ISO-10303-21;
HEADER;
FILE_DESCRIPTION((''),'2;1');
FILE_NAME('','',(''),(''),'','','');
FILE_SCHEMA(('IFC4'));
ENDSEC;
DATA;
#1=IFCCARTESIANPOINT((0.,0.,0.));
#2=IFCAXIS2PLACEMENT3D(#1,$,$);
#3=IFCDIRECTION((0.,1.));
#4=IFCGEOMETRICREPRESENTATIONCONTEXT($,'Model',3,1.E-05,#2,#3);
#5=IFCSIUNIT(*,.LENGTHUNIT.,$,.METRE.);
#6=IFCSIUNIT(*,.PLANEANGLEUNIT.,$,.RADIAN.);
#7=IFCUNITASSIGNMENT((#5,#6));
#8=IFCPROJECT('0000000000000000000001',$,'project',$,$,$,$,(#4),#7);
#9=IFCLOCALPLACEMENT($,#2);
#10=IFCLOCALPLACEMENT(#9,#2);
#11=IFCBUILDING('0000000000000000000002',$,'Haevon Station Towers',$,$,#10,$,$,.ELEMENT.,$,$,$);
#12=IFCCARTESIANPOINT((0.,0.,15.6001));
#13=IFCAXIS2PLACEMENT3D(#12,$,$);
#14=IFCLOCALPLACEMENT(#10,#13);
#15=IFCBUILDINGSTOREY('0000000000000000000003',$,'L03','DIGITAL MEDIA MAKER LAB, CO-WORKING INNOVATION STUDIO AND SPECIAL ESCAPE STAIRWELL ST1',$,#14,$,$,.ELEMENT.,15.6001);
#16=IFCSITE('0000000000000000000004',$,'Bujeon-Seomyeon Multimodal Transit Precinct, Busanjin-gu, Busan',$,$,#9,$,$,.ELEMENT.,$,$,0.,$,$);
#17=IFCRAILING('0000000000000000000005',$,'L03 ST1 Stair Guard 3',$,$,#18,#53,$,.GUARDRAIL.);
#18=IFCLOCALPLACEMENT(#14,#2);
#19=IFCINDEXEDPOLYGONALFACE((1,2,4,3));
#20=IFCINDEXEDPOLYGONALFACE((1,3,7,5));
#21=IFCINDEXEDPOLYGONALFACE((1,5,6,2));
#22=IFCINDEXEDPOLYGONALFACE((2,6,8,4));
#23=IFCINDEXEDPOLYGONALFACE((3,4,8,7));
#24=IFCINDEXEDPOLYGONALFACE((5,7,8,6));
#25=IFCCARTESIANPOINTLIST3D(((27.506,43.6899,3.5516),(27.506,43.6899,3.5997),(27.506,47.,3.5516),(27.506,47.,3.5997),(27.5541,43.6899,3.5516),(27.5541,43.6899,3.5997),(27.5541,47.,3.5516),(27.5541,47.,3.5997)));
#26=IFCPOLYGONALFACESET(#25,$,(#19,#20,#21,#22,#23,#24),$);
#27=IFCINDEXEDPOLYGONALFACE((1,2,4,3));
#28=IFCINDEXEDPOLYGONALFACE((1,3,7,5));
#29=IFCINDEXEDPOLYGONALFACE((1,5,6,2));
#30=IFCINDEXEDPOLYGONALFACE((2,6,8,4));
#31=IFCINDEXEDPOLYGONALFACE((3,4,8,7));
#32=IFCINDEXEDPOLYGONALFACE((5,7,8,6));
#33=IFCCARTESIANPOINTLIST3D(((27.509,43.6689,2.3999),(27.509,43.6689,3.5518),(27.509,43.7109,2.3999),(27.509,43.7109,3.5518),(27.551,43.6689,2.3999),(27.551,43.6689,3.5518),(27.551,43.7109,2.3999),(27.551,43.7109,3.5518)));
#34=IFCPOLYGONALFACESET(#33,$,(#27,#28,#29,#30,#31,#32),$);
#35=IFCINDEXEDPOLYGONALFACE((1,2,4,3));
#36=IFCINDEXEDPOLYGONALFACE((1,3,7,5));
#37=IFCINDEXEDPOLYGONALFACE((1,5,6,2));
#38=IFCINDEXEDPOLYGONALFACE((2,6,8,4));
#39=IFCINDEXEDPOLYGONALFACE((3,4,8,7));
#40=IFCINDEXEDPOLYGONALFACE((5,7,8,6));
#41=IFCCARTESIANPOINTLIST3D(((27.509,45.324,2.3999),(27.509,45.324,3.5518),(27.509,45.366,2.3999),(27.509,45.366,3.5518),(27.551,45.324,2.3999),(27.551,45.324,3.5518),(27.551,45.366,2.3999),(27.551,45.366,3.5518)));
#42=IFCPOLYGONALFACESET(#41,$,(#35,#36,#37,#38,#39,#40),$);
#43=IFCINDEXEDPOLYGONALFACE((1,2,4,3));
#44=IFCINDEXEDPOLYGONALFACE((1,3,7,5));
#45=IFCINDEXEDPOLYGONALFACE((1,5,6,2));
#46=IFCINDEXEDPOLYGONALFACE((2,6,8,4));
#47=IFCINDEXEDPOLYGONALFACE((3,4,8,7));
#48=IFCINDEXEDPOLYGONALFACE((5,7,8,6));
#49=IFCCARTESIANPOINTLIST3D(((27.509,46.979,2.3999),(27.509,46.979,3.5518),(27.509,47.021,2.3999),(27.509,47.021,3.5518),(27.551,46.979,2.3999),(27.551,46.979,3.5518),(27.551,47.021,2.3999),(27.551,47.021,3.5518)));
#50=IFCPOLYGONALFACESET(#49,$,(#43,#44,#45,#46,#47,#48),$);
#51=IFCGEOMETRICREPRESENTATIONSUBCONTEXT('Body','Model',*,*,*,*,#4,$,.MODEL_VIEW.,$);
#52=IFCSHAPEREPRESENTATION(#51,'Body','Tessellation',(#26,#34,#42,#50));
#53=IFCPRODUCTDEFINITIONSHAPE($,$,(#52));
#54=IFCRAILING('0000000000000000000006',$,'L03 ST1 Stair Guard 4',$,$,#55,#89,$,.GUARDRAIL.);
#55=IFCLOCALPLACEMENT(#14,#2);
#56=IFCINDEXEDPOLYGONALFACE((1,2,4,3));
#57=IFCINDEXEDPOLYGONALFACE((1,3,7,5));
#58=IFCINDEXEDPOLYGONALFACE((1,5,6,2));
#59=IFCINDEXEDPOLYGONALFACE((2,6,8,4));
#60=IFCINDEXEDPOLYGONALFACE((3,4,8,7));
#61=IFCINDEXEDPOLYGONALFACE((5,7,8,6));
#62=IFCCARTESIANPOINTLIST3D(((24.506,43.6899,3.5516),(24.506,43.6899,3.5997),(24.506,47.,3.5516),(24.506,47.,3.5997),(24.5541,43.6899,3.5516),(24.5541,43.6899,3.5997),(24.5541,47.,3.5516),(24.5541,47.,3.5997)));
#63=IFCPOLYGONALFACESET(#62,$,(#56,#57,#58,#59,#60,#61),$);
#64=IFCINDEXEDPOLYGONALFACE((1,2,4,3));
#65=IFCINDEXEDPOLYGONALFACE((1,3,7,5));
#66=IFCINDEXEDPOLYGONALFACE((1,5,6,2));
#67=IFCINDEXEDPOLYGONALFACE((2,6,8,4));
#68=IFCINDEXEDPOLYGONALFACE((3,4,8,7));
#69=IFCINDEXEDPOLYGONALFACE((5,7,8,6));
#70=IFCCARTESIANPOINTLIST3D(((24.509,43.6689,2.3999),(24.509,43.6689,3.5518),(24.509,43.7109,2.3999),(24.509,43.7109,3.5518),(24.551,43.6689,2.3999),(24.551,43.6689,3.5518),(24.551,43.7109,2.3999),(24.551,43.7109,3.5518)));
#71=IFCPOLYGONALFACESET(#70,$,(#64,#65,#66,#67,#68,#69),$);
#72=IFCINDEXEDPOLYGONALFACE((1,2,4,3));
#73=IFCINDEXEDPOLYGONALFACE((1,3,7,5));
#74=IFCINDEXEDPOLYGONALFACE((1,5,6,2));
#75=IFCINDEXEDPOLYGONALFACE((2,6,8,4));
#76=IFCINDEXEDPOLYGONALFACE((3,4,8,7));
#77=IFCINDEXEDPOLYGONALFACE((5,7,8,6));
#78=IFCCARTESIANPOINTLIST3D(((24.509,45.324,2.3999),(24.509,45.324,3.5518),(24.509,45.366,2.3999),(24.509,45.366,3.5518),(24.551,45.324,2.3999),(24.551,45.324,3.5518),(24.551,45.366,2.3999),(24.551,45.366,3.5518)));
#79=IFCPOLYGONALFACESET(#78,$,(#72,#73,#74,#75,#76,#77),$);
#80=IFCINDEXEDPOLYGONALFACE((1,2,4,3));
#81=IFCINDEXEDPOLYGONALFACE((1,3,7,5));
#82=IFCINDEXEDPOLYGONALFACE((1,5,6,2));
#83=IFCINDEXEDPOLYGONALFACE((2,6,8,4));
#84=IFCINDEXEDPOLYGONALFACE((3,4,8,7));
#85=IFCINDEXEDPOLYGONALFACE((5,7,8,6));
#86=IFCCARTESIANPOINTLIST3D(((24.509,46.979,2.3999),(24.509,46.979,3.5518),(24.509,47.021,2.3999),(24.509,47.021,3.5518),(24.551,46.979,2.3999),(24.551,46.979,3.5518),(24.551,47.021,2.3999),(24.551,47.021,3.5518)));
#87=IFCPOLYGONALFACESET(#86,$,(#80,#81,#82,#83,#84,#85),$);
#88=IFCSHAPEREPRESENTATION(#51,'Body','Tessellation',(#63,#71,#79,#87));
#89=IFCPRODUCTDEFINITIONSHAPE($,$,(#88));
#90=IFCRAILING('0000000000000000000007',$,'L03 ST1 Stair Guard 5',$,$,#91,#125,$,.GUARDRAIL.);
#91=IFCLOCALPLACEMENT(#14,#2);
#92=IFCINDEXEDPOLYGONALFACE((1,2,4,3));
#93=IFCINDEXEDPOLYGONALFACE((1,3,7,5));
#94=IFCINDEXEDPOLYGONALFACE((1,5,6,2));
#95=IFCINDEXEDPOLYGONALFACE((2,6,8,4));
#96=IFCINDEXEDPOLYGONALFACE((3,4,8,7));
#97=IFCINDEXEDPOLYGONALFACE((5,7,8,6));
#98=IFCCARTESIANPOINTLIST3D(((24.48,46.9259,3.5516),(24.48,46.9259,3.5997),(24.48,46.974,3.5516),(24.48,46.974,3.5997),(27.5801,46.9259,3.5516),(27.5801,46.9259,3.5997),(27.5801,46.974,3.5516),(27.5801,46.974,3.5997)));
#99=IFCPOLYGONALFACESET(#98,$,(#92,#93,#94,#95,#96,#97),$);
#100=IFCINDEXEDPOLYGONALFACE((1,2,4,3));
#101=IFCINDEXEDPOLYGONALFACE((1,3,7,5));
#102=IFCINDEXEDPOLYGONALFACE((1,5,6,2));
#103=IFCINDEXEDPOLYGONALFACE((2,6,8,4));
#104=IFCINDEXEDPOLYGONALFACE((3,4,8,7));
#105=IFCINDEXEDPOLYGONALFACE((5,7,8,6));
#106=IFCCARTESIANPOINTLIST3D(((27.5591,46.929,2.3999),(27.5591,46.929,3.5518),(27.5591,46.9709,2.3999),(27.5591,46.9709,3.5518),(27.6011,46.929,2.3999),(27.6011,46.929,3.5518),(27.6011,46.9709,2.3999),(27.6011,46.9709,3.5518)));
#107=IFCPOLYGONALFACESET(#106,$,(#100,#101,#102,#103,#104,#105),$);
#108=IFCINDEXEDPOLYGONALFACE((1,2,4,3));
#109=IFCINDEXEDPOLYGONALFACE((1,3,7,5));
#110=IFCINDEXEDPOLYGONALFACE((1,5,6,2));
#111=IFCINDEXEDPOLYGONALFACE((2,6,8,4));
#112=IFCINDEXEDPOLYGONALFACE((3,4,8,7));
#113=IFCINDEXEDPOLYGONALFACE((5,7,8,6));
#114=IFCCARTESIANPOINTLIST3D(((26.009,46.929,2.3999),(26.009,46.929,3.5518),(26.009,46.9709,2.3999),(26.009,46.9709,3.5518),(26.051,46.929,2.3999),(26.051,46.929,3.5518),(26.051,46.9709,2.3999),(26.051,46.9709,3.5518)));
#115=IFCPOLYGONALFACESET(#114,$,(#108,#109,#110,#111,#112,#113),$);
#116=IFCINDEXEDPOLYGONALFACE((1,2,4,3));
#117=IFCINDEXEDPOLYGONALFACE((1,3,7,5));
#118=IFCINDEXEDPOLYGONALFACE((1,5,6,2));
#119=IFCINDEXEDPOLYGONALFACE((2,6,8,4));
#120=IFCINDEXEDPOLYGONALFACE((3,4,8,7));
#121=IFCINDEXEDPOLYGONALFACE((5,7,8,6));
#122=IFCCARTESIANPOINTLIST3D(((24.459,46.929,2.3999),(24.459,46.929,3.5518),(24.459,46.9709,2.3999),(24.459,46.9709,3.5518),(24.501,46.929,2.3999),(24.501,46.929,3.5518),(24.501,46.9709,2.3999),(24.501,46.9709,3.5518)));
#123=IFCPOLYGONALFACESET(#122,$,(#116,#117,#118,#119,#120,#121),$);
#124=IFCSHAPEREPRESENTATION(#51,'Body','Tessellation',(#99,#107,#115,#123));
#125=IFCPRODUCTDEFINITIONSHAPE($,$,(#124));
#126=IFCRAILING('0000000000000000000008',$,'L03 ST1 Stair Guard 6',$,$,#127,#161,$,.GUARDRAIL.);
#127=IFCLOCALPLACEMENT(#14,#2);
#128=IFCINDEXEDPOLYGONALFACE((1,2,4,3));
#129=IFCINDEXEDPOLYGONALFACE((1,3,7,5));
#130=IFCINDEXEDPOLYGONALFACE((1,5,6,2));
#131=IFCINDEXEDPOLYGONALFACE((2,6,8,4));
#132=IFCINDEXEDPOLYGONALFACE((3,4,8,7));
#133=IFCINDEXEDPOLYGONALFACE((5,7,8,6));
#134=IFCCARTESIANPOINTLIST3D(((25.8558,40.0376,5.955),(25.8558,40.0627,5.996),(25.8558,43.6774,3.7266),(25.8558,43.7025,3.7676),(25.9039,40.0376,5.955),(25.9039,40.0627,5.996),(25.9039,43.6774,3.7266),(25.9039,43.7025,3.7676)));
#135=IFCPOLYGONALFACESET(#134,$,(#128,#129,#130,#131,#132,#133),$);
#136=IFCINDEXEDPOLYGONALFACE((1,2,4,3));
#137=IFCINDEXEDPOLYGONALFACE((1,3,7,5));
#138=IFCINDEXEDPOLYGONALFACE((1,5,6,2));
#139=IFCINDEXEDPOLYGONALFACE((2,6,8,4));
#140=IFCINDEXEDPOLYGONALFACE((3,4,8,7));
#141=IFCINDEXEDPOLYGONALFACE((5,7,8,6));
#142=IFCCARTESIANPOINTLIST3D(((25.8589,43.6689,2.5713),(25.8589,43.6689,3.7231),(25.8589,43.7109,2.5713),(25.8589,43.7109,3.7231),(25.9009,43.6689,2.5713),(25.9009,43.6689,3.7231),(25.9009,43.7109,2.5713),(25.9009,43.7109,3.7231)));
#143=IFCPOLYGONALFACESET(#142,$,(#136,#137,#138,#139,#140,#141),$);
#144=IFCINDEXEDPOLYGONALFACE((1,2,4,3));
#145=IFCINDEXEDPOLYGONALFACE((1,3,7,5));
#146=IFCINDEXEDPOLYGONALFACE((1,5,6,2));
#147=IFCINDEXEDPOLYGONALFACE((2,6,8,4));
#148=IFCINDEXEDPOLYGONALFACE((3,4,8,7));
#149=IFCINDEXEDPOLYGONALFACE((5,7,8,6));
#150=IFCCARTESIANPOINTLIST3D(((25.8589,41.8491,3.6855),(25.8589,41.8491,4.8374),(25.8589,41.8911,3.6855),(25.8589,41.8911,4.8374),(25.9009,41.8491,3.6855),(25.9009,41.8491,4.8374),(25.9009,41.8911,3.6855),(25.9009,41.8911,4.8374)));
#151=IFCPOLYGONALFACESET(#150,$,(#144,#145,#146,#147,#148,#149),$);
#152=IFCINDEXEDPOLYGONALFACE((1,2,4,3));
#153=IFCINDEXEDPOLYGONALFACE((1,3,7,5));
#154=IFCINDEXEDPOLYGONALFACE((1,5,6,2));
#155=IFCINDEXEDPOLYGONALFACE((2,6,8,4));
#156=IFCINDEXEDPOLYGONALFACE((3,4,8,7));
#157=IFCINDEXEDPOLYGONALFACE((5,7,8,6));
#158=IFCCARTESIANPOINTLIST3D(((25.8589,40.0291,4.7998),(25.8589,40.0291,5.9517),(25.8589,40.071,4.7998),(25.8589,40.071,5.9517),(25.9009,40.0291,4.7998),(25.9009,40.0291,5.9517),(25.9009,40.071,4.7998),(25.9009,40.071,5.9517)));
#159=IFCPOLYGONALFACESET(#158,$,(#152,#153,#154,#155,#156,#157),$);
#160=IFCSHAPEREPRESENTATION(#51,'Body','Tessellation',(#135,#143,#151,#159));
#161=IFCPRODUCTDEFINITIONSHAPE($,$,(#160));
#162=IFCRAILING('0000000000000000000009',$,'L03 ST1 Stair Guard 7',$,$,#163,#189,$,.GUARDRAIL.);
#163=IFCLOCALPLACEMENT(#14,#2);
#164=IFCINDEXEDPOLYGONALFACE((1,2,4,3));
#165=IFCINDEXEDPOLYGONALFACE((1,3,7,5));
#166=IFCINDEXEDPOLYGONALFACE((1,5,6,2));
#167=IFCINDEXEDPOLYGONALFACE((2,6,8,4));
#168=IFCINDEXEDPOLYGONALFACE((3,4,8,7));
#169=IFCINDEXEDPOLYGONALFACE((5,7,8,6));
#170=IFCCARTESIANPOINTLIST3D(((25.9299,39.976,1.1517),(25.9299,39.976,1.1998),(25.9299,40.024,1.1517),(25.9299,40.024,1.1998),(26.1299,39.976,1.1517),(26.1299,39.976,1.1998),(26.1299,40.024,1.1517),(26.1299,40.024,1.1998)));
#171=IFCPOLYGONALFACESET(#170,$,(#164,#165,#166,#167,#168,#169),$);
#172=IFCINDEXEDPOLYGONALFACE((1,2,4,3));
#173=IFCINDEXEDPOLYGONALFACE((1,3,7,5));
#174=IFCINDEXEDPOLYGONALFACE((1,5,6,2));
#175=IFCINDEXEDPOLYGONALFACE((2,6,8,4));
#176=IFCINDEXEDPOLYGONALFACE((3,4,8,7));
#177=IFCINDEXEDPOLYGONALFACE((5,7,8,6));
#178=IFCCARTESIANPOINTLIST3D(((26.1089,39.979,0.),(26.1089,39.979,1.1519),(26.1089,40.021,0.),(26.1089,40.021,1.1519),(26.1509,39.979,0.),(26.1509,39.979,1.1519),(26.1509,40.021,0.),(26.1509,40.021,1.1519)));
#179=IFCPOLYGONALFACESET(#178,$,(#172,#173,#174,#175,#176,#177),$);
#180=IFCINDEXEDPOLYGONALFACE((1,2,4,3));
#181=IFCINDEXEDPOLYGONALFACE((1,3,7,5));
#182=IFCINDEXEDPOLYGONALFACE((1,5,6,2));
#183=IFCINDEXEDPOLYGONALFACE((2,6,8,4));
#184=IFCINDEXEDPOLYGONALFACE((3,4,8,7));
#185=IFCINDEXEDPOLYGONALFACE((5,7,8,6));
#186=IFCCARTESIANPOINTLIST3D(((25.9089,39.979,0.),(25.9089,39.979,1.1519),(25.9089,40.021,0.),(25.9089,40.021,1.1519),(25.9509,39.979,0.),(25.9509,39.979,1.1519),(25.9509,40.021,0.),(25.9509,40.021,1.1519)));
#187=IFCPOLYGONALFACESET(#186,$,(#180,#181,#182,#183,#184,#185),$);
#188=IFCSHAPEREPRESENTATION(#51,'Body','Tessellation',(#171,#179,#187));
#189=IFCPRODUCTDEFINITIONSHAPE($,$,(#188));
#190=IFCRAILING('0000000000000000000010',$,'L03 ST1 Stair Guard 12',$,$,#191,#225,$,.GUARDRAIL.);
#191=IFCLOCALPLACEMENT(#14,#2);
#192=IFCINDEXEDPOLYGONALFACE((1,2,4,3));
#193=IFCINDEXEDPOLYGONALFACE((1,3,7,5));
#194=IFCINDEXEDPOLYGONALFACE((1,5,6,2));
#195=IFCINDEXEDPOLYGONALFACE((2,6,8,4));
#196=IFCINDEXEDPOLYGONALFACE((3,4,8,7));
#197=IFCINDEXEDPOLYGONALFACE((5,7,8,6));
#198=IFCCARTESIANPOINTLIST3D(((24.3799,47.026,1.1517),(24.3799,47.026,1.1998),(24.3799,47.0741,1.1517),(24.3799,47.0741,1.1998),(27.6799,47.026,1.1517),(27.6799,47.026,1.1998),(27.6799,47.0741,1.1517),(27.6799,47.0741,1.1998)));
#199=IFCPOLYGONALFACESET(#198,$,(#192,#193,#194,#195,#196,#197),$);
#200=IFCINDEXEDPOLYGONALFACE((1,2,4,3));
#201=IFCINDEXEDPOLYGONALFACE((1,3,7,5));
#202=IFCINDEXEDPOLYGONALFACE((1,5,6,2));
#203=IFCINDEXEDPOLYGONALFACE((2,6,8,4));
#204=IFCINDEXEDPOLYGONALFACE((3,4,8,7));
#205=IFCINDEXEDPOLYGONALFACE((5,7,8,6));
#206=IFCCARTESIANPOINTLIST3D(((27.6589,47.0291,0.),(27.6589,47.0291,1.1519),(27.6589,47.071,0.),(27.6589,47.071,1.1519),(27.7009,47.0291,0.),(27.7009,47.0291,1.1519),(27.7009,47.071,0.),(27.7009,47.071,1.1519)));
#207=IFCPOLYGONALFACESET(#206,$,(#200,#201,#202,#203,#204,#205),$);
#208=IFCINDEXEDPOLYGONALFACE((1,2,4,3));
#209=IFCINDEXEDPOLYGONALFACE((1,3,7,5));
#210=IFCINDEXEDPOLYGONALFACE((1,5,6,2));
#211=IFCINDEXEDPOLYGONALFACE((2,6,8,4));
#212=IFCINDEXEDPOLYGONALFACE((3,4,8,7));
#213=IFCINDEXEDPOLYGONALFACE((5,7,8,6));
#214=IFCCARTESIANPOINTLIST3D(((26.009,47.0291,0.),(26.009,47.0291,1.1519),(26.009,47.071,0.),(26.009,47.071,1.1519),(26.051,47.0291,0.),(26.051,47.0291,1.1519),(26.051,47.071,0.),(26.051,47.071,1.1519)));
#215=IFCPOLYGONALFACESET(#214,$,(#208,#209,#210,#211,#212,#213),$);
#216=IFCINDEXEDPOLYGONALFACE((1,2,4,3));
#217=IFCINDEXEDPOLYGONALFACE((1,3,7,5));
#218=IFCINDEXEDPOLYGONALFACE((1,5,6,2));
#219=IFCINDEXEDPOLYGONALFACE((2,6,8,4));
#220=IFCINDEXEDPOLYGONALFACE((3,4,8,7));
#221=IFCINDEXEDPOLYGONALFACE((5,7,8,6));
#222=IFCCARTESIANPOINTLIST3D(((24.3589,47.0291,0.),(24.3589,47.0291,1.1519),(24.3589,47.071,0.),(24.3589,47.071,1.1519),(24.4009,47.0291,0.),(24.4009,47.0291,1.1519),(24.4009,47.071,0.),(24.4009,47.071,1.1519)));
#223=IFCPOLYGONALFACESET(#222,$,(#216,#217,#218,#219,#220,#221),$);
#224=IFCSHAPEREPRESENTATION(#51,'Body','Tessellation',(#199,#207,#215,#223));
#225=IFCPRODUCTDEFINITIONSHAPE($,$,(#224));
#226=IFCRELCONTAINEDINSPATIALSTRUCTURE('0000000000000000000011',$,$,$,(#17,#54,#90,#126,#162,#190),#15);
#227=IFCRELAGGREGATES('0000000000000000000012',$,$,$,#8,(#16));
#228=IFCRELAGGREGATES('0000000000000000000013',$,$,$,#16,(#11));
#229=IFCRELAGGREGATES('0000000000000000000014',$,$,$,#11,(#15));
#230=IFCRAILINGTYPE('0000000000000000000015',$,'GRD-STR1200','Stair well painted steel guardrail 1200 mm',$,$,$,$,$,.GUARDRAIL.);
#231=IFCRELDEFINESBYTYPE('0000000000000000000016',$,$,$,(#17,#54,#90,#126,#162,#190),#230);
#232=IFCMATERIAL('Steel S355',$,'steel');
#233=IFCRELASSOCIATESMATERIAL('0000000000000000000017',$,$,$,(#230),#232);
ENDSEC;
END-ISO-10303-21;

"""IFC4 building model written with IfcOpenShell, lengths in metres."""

from ifc_helpers import new_model, si_unit, direction, frame, origin, origin_2d, place, context, subcontext, project, spatial, rectangle, extrude, material, type_object, element, save


model = new_model("IFC4")

# Units and contexts
model_context = context("Model", 3, precision=1e-05, world=origin(), true_north=direction((0.0, 1.0)))
body_context = subcontext(model_context, "Body", "Model", "MODEL_VIEW")
ifc_project = project(units=[si_unit("LENGTHUNIT", "METRE"), si_unit("PLANEANGLEUNIT", "RADIAN")], contexts=[model_context])

# Site, building, storey
site_placement = place(None, origin())
site = spatial("IfcSite", under=ifc_project, at=site_placement, Name="Bujeon-Seomyeon Multimodal Transit Precinct, Busanjin-gu, Busan", CompositionType="ELEMENT", RefElevation=0.0)
building_placement = place(site_placement, origin())
building = spatial("IfcBuilding", under=site, at=building_placement, Name="Haevon Station Towers", CompositionType="ELEMENT")
storey_placement = place(building_placement, frame((0.0, 0.0, 15.6001)))
storey = spatial("IfcBuildingStorey", under=building, at=storey_placement, Name="L03", Description="DIGITAL MEDIA MAKER LAB, CO-WORKING INNOVATION STUDIO AND SPECIAL ESCAPE STAIRWELL ST1", CompositionType="ELEMENT", Elevation=15.6001)

# Shared definitions
ifc_material_1 = material(Name="Steel S355", Category="steel")

# Railings
railing_type_1 = type_object("IfcRailingType", Name="GRD-STR1200", Description="Stair well painted steel guardrail 1200 mm", PredefinedType="GUARDRAIL", material=ifc_material_1)
for number, where, name in (
    (1, (27.53, 43.6899, 2.3999), "L03 ST1 Stair Guard 3"),
    (2, (24.53, 43.6899, 2.3999), "L03 ST1 Stair Guard 4"),
):
    element("IfcRailing", number, at=place(storey_placement, frame(where)), inside=storey, type_object=railing_type_1, Name=name, PredefinedType="GUARDRAIL", context=body_context, shape_type="SweptSolid", body=[
        extrude(rectangle(XDim=0.0481, YDim=0.0481, at=origin_2d()), frame((0.0, 0.0, 1.1758), z_axis=(0.0, 1.0, 0.0), x_axis=(-1.0, 0.0, 0.0)), (0.0, 0.0, 1.0), 3.3101),
        extrude(rectangle(XDim=0.042, YDim=0.042, at=origin_2d()), origin(), (0.0, 0.0, 1.0), 1.1519),
        extrude(rectangle(XDim=0.042, YDim=0.042, at=origin_2d()), frame((0.0, 1.655, 0.0)), (0.0, 0.0, 1.0), 1.1519),
        extrude(rectangle(XDim=0.042, YDim=0.042, at=origin_2d()), frame((0.0, 3.3101, 0.0)), (0.0, 0.0, 1.0), 1.1519),
    ])
railing_1_placement = place(storey_placement, frame((27.5801, 46.95, 2.3999)))
element("IfcRailing", 3, at=railing_1_placement, inside=storey, type_object=railing_type_1, Name="L03 ST1 Stair Guard 5", PredefinedType="GUARDRAIL", context=body_context, shape_type="SweptSolid", body=[
    extrude(rectangle(XDim=0.0481, YDim=0.0481, at=origin_2d()), frame((0.0, 0.0, 1.1758), z_axis=(-1.0, 0.0, 0.0), x_axis=(0.0, -1.0, 0.0)), (0.0, 0.0, 1.0), 3.1001),
    extrude(rectangle(XDim=0.042, YDim=0.042, at=origin_2d()), origin(), (0.0, 0.0, 1.0), 1.1519),
    extrude(rectangle(XDim=0.042, YDim=0.042, at=origin_2d()), frame((-1.55, 0.0, 0.0)), (0.0, 0.0, 1.0), 1.1519),
    extrude(rectangle(XDim=0.042, YDim=0.042, at=origin_2d()), frame((-3.1001, 0.0, 0.0)), (0.0, 0.0, 1.0), 1.1519),
])
railing_2_placement = place(storey_placement, frame((25.8799, 43.6899, 2.5713)))
element("IfcRailing", 4, at=railing_2_placement, inside=storey, type_object=railing_type_1, Name="L03 ST1 Stair Guard 6", PredefinedType="GUARDRAIL", context=body_context, shape_type="SweptSolid", body=[
    extrude(rectangle(XDim=0.0481, YDim=0.0481, at=origin_2d()), frame((0.0, 0.0, 1.1758), z_axis=(0.0, -0.85285, 0.522156), x_axis=(1.0, 0.0, 0.0)), (0.0, 0.0, 1.0), 4.2678),
    extrude(rectangle(XDim=0.042, YDim=0.042, at=origin_2d()), origin(), (0.0, 0.0, 1.0), 1.1519),
    extrude(rectangle(XDim=0.042, YDim=0.042, at=origin_2d()), frame((0.0, -1.8198, 1.1143)), (0.0, 0.0, 1.0), 1.1519),
    extrude(rectangle(XDim=0.042, YDim=0.042, at=origin_2d()), frame((0.0, -3.6399, 2.2285)), (0.0, 0.0, 1.0), 1.1519),
])
railing_3_placement = place(storey_placement, frame((26.1299, 40.0, 0.0)))
element("IfcRailing", 5, at=railing_3_placement, inside=storey, type_object=railing_type_1, Name="L03 ST1 Stair Guard 7", PredefinedType="GUARDRAIL", context=body_context, shape_type="SweptSolid", body=[
    extrude(rectangle(XDim=0.0481, YDim=0.0481, at=origin_2d()), frame((0.0, 0.0, 1.1758), z_axis=(-1.0, 0.0, 0.0), x_axis=(0.0, -1.0, 0.0)), (0.0, 0.0, 1.0), 0.2),
    extrude(rectangle(XDim=0.042, YDim=0.042, at=origin_2d()), origin(), (0.0, 0.0, 1.0), 1.1519),
    extrude(rectangle(XDim=0.042, YDim=0.042, at=origin_2d()), frame((-0.2, 0.0, 0.0)), (0.0, 0.0, 1.0), 1.1519),
])
railing_4_placement = place(storey_placement, frame((27.6799, 47.05, 0.0)))
element("IfcRailing", 6, at=railing_4_placement, inside=storey, type_object=railing_type_1, Name="L03 ST1 Stair Guard 12", PredefinedType="GUARDRAIL", context=body_context, shape_type="SweptSolid", body=[
    extrude(rectangle(XDim=0.0481, YDim=0.0481, at=origin_2d()), frame((0.0, 0.0, 1.1758), z_axis=(-1.0, 0.0, 0.0), x_axis=(0.0, -1.0, 0.0)), (0.0, 0.0, 1.0), 3.3),
    extrude(rectangle(XDim=0.042, YDim=0.042, at=origin_2d()), origin(), (0.0, 0.0, 1.0), 1.1519),
    extrude(rectangle(XDim=0.042, YDim=0.042, at=origin_2d()), frame((-1.6499, 0.0, 0.0)), (0.0, 0.0, 1.0), 1.1519),
    extrude(rectangle(XDim=0.042, YDim=0.042, at=origin_2d()), frame((-3.3, 0.0, 0.0)), (0.0, 0.0, 1.0), 1.1519),
])

save(model, "model.ifc")
